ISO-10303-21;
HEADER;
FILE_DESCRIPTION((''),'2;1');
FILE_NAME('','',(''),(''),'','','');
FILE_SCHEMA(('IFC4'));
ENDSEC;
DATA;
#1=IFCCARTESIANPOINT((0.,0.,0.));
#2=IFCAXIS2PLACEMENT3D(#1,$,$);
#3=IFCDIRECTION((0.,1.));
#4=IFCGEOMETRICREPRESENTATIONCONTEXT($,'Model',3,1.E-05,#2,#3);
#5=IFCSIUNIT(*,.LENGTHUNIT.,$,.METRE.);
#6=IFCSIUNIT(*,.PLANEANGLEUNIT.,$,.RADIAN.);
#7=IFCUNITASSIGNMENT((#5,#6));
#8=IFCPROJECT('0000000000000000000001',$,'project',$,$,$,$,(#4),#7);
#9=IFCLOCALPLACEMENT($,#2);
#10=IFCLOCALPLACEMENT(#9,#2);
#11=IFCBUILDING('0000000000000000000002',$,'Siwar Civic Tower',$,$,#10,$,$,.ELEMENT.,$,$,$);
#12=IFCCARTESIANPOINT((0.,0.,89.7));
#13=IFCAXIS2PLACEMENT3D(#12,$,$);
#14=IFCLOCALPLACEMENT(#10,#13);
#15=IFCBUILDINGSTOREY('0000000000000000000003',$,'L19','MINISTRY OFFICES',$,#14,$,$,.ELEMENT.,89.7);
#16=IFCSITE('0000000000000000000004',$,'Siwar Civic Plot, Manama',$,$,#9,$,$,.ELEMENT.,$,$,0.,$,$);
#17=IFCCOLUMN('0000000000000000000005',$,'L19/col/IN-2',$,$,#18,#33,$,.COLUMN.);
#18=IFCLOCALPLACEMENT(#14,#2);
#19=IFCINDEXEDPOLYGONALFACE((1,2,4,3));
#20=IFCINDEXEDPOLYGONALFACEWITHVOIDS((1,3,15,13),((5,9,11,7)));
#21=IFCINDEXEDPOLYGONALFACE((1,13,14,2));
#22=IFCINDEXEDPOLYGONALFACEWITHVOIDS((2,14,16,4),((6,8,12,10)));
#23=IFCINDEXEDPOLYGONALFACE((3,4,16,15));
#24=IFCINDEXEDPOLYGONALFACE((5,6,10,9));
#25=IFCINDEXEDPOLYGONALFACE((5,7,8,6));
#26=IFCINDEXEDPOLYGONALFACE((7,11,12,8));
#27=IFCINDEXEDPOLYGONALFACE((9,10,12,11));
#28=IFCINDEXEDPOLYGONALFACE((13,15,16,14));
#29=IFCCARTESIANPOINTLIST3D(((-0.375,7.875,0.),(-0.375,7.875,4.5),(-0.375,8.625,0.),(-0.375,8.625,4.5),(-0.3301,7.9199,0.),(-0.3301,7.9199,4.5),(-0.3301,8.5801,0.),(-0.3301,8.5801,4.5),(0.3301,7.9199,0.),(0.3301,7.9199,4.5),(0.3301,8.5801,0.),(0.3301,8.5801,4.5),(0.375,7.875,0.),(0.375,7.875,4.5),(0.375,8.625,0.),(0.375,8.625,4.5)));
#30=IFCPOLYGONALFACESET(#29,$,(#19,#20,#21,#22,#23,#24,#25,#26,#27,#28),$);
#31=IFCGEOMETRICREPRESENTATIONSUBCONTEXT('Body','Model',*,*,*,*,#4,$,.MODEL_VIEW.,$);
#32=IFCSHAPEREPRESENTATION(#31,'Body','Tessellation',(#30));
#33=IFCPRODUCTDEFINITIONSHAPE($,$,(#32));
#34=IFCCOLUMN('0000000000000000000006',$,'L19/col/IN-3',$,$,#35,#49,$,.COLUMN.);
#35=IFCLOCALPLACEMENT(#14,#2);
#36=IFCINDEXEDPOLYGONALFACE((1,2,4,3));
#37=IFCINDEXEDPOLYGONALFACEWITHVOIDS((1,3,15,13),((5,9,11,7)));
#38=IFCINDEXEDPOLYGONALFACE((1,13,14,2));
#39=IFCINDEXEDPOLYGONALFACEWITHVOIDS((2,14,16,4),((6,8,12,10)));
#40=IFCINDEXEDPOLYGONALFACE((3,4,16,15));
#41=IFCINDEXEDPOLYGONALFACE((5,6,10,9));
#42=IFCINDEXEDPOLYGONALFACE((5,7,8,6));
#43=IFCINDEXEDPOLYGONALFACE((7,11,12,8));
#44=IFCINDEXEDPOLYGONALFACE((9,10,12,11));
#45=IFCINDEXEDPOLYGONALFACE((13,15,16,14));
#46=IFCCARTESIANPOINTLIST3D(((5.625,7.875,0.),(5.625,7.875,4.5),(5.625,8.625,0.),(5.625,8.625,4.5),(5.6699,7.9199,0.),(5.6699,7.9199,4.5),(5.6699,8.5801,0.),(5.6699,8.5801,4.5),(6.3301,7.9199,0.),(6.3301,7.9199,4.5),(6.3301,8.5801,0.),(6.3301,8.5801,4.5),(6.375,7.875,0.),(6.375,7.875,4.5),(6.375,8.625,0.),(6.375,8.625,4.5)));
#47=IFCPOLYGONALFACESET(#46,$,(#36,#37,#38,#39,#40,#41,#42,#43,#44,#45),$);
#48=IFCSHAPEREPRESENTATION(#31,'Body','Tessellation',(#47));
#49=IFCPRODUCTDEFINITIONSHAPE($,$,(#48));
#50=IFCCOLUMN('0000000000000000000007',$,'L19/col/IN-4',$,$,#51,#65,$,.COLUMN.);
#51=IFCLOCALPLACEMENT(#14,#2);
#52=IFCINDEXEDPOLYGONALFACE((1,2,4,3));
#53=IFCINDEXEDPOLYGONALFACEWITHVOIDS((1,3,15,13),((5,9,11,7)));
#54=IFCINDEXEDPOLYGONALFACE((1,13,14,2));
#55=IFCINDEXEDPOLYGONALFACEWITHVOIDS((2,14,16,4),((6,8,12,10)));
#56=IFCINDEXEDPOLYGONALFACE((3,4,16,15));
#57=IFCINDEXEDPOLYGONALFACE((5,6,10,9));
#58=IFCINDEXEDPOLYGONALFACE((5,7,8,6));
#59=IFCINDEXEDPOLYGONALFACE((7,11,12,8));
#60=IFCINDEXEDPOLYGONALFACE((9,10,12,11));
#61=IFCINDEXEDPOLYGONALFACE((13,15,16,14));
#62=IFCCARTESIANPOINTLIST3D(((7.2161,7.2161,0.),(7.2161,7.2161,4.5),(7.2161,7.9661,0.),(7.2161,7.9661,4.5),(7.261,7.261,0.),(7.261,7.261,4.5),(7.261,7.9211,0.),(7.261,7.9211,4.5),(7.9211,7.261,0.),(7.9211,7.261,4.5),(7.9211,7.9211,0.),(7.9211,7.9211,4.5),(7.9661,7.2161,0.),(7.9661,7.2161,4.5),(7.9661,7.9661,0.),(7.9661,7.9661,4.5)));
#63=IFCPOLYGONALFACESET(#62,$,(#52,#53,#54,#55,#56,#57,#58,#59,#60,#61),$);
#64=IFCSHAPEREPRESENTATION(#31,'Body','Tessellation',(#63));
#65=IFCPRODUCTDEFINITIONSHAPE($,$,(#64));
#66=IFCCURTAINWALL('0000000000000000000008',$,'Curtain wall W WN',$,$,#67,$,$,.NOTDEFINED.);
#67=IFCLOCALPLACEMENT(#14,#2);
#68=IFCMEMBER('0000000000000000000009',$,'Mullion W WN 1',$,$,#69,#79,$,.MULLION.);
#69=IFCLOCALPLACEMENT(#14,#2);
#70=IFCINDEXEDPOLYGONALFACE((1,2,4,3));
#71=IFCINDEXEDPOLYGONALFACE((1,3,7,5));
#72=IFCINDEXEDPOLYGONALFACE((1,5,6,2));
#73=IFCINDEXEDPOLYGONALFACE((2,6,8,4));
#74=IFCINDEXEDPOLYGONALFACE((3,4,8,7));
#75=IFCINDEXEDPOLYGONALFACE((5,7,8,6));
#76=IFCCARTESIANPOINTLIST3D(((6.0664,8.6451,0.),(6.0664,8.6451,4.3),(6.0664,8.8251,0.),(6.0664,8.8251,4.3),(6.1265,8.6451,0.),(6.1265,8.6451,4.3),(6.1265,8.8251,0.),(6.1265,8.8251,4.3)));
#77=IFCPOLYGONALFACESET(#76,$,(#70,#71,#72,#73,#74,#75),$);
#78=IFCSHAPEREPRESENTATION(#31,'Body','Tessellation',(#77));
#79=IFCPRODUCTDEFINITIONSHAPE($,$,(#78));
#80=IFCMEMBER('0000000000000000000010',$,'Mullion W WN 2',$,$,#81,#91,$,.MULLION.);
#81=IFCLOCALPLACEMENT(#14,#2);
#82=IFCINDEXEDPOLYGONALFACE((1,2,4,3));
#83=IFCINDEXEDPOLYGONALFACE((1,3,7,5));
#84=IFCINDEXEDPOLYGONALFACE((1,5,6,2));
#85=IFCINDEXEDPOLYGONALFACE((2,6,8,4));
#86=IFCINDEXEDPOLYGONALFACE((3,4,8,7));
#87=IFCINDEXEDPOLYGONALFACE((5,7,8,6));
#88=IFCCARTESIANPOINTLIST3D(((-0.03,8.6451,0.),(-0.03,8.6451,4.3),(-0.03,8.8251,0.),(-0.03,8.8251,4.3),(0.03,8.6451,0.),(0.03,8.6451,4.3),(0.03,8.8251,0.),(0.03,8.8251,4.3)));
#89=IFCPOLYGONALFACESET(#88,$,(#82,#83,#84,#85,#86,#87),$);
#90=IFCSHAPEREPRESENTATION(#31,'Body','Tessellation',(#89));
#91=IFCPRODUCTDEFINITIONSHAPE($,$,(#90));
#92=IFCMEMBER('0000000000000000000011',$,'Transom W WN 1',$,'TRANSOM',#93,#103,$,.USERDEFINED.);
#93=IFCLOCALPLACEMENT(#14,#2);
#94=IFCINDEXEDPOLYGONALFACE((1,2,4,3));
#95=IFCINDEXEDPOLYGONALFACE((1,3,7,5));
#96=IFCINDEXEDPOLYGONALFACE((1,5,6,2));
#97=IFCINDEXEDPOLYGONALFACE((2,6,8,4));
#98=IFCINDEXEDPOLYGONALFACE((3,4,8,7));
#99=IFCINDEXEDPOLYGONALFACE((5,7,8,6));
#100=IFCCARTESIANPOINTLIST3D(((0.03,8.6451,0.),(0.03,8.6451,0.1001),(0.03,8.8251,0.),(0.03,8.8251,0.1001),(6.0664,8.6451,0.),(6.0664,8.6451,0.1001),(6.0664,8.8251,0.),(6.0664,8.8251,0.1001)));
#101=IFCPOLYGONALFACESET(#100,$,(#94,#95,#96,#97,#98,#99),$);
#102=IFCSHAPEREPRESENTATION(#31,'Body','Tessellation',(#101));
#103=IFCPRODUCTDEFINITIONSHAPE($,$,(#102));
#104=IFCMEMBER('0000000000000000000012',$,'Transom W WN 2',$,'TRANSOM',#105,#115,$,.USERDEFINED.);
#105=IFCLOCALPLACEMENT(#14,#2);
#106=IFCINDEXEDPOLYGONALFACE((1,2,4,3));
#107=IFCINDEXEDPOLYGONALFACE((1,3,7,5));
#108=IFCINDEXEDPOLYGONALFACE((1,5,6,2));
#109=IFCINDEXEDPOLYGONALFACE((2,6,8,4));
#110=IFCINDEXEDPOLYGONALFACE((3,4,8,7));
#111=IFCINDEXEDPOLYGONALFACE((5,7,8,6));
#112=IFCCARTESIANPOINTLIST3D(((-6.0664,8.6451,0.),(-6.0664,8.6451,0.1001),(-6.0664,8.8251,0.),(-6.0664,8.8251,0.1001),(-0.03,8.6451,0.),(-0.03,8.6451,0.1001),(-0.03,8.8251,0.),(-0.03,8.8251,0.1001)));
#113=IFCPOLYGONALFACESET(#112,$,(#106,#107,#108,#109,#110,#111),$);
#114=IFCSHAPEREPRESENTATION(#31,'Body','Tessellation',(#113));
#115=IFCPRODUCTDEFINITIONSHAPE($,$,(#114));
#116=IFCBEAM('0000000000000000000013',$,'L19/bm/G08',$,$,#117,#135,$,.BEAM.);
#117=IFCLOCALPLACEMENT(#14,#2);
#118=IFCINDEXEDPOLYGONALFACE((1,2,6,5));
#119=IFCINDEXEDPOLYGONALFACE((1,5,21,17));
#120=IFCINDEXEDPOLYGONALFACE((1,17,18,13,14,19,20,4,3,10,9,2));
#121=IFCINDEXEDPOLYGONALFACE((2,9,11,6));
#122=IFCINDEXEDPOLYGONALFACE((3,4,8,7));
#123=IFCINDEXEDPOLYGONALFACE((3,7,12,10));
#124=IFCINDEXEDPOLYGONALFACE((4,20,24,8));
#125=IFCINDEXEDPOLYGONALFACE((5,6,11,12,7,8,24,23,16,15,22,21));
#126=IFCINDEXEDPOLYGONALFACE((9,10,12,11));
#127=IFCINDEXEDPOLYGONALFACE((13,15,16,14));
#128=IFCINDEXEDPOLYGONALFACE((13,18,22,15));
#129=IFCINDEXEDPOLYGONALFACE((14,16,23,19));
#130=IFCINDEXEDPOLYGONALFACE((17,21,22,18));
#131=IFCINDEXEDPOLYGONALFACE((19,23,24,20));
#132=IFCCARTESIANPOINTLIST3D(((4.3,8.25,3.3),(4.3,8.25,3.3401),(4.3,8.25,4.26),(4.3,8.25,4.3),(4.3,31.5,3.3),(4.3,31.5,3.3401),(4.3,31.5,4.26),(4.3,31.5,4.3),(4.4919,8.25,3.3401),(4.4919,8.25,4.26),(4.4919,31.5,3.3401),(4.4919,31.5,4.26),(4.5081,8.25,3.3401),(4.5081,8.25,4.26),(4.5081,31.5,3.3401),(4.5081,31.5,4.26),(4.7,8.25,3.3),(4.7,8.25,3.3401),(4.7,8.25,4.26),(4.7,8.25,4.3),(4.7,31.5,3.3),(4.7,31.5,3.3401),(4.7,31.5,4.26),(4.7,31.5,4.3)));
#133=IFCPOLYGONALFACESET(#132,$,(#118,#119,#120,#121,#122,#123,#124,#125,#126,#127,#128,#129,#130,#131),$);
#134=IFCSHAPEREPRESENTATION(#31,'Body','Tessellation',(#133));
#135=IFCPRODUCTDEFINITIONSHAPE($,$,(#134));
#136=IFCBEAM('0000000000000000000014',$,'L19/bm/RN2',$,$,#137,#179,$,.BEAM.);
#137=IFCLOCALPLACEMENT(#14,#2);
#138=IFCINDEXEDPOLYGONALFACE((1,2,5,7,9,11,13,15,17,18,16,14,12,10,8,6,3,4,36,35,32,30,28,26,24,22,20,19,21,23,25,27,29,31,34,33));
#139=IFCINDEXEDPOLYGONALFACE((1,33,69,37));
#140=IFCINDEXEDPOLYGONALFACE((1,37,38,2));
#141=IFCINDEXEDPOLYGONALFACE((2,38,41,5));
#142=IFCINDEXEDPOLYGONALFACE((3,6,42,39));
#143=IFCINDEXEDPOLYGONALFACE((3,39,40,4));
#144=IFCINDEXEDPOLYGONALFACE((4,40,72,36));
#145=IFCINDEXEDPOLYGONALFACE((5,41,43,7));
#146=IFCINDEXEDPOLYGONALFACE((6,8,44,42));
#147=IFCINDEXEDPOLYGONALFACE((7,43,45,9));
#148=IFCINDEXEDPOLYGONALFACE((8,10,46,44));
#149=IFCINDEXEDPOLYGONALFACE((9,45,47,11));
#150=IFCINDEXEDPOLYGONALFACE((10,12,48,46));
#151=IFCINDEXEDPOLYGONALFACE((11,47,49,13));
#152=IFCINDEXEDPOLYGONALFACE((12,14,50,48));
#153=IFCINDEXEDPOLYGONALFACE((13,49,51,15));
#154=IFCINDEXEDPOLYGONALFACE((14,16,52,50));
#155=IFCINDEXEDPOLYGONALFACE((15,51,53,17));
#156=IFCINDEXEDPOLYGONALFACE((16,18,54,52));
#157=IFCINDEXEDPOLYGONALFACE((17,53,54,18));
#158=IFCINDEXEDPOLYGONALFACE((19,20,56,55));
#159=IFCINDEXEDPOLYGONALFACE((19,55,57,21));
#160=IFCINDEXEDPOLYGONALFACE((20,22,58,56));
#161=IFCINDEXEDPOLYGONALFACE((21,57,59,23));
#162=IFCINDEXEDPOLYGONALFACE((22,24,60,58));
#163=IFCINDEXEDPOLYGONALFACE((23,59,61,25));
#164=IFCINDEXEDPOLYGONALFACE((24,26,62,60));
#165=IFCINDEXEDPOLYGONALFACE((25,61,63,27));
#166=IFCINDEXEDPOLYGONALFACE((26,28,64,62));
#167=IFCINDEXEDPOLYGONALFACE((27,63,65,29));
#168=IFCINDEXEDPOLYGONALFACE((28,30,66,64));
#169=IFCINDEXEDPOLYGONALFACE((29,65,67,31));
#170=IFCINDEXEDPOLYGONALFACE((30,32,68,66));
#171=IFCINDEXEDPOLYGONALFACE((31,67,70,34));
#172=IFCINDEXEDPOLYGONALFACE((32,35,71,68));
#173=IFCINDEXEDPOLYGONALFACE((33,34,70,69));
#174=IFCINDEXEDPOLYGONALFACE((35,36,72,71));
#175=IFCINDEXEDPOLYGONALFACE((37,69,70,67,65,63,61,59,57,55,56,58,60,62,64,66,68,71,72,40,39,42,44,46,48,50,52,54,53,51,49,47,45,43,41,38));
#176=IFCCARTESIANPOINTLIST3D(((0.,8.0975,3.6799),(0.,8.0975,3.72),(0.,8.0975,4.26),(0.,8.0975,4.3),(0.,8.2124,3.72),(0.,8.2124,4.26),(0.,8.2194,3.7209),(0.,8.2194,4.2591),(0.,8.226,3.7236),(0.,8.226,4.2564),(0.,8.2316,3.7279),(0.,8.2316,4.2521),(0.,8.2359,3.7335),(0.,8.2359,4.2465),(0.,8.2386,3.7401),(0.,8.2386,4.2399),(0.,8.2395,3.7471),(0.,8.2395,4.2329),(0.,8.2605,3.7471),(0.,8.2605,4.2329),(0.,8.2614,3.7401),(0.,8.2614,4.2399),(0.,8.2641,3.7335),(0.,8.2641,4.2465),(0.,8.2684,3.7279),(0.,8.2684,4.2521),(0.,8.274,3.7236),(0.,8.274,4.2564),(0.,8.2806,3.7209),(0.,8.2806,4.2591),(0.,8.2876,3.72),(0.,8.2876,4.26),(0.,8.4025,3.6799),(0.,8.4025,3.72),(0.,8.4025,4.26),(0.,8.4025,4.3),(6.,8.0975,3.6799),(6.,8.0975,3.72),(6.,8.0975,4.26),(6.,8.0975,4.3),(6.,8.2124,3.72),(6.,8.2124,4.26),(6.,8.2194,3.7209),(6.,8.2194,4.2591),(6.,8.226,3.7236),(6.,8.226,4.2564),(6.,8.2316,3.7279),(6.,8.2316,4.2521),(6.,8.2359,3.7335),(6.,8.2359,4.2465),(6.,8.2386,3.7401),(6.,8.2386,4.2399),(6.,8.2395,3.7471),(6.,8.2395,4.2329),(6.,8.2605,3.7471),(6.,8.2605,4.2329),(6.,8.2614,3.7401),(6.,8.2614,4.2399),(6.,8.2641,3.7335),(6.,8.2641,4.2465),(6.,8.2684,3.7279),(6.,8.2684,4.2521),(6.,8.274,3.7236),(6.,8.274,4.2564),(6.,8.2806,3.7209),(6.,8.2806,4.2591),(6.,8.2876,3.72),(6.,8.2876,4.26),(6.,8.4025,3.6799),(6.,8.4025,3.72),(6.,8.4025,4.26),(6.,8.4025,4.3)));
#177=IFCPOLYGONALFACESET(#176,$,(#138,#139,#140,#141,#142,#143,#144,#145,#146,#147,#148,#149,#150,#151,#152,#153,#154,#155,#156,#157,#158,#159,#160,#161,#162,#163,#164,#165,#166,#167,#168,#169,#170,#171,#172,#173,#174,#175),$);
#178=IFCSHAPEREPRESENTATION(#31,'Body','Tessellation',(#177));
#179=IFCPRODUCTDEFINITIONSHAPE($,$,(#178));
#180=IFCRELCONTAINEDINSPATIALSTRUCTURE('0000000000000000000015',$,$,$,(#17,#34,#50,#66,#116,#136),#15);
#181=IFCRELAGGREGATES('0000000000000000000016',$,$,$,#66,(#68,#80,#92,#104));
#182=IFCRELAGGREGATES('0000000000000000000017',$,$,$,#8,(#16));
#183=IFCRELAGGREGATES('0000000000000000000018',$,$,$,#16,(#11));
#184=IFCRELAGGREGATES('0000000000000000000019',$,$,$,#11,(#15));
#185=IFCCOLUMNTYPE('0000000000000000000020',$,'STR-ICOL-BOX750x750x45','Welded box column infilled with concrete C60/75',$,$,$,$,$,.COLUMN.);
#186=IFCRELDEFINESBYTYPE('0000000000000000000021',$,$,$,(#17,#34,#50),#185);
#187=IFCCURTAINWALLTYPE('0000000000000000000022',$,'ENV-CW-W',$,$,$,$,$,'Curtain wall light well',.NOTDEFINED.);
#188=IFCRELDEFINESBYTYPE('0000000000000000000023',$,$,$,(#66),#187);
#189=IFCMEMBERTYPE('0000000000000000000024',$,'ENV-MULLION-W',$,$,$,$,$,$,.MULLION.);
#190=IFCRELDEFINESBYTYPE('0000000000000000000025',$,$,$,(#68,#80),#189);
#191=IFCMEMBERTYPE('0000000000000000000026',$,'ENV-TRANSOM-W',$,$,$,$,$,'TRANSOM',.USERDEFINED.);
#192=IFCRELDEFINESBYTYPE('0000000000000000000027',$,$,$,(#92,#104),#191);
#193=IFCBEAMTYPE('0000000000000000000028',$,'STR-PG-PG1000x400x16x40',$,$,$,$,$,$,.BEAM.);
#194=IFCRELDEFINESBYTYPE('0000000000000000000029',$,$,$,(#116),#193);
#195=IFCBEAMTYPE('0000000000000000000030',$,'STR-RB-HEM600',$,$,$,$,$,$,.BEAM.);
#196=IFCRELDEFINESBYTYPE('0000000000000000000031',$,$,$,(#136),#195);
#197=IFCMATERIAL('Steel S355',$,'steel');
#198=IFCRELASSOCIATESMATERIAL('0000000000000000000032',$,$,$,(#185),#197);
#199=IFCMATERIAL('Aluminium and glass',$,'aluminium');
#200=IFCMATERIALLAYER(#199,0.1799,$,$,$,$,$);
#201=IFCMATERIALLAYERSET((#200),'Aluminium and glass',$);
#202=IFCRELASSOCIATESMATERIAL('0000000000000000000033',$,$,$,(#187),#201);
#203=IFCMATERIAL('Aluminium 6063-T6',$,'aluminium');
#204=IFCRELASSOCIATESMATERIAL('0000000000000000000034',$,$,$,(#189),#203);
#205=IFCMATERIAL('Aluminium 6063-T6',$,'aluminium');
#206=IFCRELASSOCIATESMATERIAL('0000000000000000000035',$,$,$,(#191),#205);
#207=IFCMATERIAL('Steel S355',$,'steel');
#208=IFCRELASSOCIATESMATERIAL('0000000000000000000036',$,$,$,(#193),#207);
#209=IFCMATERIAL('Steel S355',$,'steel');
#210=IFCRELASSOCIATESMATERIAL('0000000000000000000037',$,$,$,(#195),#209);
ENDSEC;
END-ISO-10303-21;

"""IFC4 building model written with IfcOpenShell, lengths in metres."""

from ifc_helpers import new_model, si_unit, direction, frame, origin, origin_2d, place, context, subcontext, project, spatial, rectangle, hollow_rectangle, i_section, extrude, material, layer, layer_set, material_profile, profile_set, type_object, element, aggregate, save


model = new_model("IFC4")

# Units and contexts
model_context = context("Model", 3, precision=1e-05, world=origin(), true_north=direction((0.0, 1.0)))
body_context = subcontext(model_context, "Body", "Model", "MODEL_VIEW")
ifc_project = project(units=[si_unit("LENGTHUNIT", "METRE"), si_unit("PLANEANGLEUNIT", "RADIAN")], contexts=[model_context])

# Site, building, storey
site_placement = place(None, origin())
site = spatial("IfcSite", under=ifc_project, at=site_placement, Name="Siwar Civic Plot, Manama", CompositionType="ELEMENT", RefElevation=0.0)
building_placement = place(site_placement, origin())
building = spatial("IfcBuilding", under=site, at=building_placement, Name="Siwar Civic Tower", CompositionType="ELEMENT")
storey_placement = place(building_placement, frame((0.0, 0.0, 89.7)))
storey = spatial("IfcBuildingStorey", under=building, at=storey_placement, Name="L19", Description="MINISTRY OFFICES", CompositionType="ELEMENT", Elevation=89.7)

# Columns
ifc_material_1 = material(Name="Steel S355", Category="steel")
ifc_material_profile_1 = material_profile(ifc_material_1, hollow_rectangle(XDim=0.75, YDim=0.75, WallThickness=0.0449, at=origin_2d()), Name="BOX750x750x45")
ifc_profile_set_1 = profile_set([ifc_material_profile_1], Name="Steel S355")
column_type = type_object("IfcColumnType", Name="STR-ICOL-BOX750x750x45", Description="Welded box column infilled with concrete C60/75", PredefinedType="COLUMN", material=ifc_profile_set_1)
for number, where, z_axis, x_axis, name in (
    (1, (0.0, 8.25, 0.0), (0.0, 0.0, 1.0), (1.0, 0.0, 0.0), "L19/col/IN-2"),
    (2, (6.0, 8.25, 0.0), (0.0, 0.0, 1.0), (1.0, 0.0, 0.0), "L19/col/IN-3"),
    (3, (7.5911, 7.5911, 0.0), (0.0, 0.0, 1.0), (1.0, 0.0, 0.0), "L19/col/IN-4"),
):
    element("IfcColumn", number, at=place(storey_placement, frame(where, z_axis=z_axis, x_axis=x_axis)), inside=storey, type_object=column_type, Name=name, PredefinedType="COLUMN", context=body_context, shape_type="SweptSolid", body=[
        extrude(hollow_rectangle(XDim=0.75, YDim=0.75, WallThickness=0.0449, at=origin_2d()), origin(), (0.0, 0.0, 1.0), 4.5),
    ])

# Curtain wall, members
ifc_material_2 = material(Name="Aluminium and glass", Category="aluminium")
ifc_layer_1 = layer(ifc_material_2, 0.1799)
ifc_layer_set_1 = layer_set([ifc_layer_1], Name="Aluminium and glass")
curtain_wall_type = type_object("IfcCurtainWallType", Name="ENV-CW-W", ElementType="Curtain wall light well", PredefinedType="NOTDEFINED", material=ifc_layer_set_1)
curtain_wall_placement = place(storey_placement, origin())
curtain_wall = element("IfcCurtainWall", 4, at=curtain_wall_placement, inside=storey, type_object=curtain_wall_type, Name="Curtain wall W WN", PredefinedType="NOTDEFINED")
ifc_material_3 = material(Name="Aluminium 6063-T6", Category="aluminium")
ifc_material_profile_2 = material_profile(ifc_material_3, rectangle(XDim=0.1799, YDim=0.0601, at=origin_2d()), Name="AL 180x60")
ifc_profile_set_2 = profile_set([ifc_material_profile_2], Name="Aluminium 6063-T6")
member_type_1 = type_object("IfcMemberType", Name="ENV-MULLION-W", PredefinedType="MULLION", material=ifc_profile_set_2)
member_1_placement = place(storey_placement, frame((6.0964, 8.7351, 0.0), z_axis=(0.0, 0.0, 1.0), x_axis=(0.0, -1.0, 0.0)))
member_1 = element("IfcMember", 5, at=member_1_placement, type_object=member_type_1, Name="Mullion W WN 1", PredefinedType="MULLION", context=body_context, shape_type="SweptSolid", body=[
    extrude(rectangle(XDim=0.1799, YDim=0.0601, at=origin_2d()), origin(), (0.0, 0.0, 1.0), 4.3),
])
member_2_placement = place(storey_placement, frame((0.0, 8.7351, 0.0), z_axis=(0.0, 0.0, 1.0), x_axis=(0.0, -1.0, 0.0)))
member_2 = element("IfcMember", 6, at=member_2_placement, type_object=member_type_1, Name="Mullion W WN 2", PredefinedType="MULLION", context=body_context, shape_type="SweptSolid", body=[
    extrude(rectangle(XDim=0.1799, YDim=0.0601, at=origin_2d()), origin(), (0.0, 0.0, 1.0), 4.3),
])
ifc_material_4 = material(Name="Aluminium 6063-T6", Category="aluminium")
ifc_material_profile_3 = material_profile(ifc_material_4, rectangle(XDim=0.1799, YDim=0.1001, at=origin_2d()), Name="AL 180x100")
ifc_profile_set_3 = profile_set([ifc_material_profile_3], Name="Aluminium 6063-T6")
member_type_2 = type_object("IfcMemberType", Name="ENV-TRANSOM-W", ElementType="TRANSOM", PredefinedType="USERDEFINED", material=ifc_profile_set_3)
member_3_placement = place(storey_placement, frame((6.0664, 8.7351, 0.05), z_axis=(-1.0, 0.0, 0.0), x_axis=(0.0, -1.0, 0.0)))
member_3 = element("IfcMember", 7, at=member_3_placement, type_object=member_type_2, Name="Transom W WN 1", ObjectType="TRANSOM", PredefinedType="USERDEFINED", context=body_context, shape_type="SweptSolid", body=[
    extrude(rectangle(XDim=0.1799, YDim=0.1001, at=origin_2d()), origin(), (0.0, 0.0, 1.0), 6.0364),
])
member_4_placement = place(storey_placement, frame((-0.03, 8.7351, 0.05), z_axis=(-1.0, 0.0, 0.0), x_axis=(0.0, -1.0, 0.0)))
member_4 = element("IfcMember", 8, at=member_4_placement, type_object=member_type_2, Name="Transom W WN 2", ObjectType="TRANSOM", PredefinedType="USERDEFINED", context=body_context, shape_type="SweptSolid", body=[
    extrude(rectangle(XDim=0.1799, YDim=0.1001, at=origin_2d()), origin(), (0.0, 0.0, 1.0), 6.0364),
])

# Beams
ifc_material_5 = material(Name="Steel S355", Category="steel")
ifc_material_profile_4 = material_profile(ifc_material_5, i_section(OverallWidth=0.3999, OverallDepth=1.0, WebThickness=0.0161, FlangeThickness=0.04, at=origin_2d()), Name="PG1000x400x16x40")
ifc_profile_set_4 = profile_set([ifc_material_profile_4], Name="Steel S355")
beam_type_1 = type_object("IfcBeamType", Name="STR-PG-PG1000x400x16x40", PredefinedType="BEAM", material=ifc_profile_set_4)
beam_1_placement = place(storey_placement, frame((4.5, 8.25, 3.8), z_axis=(0.0, 1.0, 0.0), x_axis=(-1.0, 0.0, 0.0)))
element("IfcBeam", 9, at=beam_1_placement, inside=storey, type_object=beam_type_1, Name="L19/bm/G08", PredefinedType="BEAM", context=body_context, shape_type="SweptSolid", body=[
    extrude(i_section(OverallWidth=0.3999, OverallDepth=1.0, WebThickness=0.0161, FlangeThickness=0.04, at=origin_2d()), origin(), (0.0, 0.0, 1.0), 23.25),
])
ifc_material_6 = material(Name="Steel S355", Category="steel")
ifc_material_profile_5 = material_profile(ifc_material_6, i_section(OverallWidth=0.3049, OverallDepth=0.6201, WebThickness=0.021, FlangeThickness=0.04, FilletRadius=0.0271, at=origin_2d()), Name="HEM600")
ifc_profile_set_5 = profile_set([ifc_material_profile_5], Name="Steel S355")
beam_type_2 = type_object("IfcBeamType", Name="STR-RB-HEM600", PredefinedType="BEAM", material=ifc_profile_set_5)
beam_2_placement = place(storey_placement, frame((0.0, 8.25, 3.99), z_axis=(1.0, 0.0, 0.0), x_axis=(0.0, 1.0, 0.0)))
element("IfcBeam", 10, at=beam_2_placement, inside=storey, type_object=beam_type_2, Name="L19/bm/RN2", PredefinedType="BEAM", context=body_context, shape_type="SweptSolid", body=[
    extrude(i_section(OverallWidth=0.3049, OverallDepth=0.6201, WebThickness=0.021, FlangeThickness=0.04, FilletRadius=0.0271, at=origin_2d()), origin(), (0.0, 0.0, 1.0), 6.0),
])

aggregate(curtain_wall, [member_1, member_2, member_3, member_4])

save(model, "model.ifc")
